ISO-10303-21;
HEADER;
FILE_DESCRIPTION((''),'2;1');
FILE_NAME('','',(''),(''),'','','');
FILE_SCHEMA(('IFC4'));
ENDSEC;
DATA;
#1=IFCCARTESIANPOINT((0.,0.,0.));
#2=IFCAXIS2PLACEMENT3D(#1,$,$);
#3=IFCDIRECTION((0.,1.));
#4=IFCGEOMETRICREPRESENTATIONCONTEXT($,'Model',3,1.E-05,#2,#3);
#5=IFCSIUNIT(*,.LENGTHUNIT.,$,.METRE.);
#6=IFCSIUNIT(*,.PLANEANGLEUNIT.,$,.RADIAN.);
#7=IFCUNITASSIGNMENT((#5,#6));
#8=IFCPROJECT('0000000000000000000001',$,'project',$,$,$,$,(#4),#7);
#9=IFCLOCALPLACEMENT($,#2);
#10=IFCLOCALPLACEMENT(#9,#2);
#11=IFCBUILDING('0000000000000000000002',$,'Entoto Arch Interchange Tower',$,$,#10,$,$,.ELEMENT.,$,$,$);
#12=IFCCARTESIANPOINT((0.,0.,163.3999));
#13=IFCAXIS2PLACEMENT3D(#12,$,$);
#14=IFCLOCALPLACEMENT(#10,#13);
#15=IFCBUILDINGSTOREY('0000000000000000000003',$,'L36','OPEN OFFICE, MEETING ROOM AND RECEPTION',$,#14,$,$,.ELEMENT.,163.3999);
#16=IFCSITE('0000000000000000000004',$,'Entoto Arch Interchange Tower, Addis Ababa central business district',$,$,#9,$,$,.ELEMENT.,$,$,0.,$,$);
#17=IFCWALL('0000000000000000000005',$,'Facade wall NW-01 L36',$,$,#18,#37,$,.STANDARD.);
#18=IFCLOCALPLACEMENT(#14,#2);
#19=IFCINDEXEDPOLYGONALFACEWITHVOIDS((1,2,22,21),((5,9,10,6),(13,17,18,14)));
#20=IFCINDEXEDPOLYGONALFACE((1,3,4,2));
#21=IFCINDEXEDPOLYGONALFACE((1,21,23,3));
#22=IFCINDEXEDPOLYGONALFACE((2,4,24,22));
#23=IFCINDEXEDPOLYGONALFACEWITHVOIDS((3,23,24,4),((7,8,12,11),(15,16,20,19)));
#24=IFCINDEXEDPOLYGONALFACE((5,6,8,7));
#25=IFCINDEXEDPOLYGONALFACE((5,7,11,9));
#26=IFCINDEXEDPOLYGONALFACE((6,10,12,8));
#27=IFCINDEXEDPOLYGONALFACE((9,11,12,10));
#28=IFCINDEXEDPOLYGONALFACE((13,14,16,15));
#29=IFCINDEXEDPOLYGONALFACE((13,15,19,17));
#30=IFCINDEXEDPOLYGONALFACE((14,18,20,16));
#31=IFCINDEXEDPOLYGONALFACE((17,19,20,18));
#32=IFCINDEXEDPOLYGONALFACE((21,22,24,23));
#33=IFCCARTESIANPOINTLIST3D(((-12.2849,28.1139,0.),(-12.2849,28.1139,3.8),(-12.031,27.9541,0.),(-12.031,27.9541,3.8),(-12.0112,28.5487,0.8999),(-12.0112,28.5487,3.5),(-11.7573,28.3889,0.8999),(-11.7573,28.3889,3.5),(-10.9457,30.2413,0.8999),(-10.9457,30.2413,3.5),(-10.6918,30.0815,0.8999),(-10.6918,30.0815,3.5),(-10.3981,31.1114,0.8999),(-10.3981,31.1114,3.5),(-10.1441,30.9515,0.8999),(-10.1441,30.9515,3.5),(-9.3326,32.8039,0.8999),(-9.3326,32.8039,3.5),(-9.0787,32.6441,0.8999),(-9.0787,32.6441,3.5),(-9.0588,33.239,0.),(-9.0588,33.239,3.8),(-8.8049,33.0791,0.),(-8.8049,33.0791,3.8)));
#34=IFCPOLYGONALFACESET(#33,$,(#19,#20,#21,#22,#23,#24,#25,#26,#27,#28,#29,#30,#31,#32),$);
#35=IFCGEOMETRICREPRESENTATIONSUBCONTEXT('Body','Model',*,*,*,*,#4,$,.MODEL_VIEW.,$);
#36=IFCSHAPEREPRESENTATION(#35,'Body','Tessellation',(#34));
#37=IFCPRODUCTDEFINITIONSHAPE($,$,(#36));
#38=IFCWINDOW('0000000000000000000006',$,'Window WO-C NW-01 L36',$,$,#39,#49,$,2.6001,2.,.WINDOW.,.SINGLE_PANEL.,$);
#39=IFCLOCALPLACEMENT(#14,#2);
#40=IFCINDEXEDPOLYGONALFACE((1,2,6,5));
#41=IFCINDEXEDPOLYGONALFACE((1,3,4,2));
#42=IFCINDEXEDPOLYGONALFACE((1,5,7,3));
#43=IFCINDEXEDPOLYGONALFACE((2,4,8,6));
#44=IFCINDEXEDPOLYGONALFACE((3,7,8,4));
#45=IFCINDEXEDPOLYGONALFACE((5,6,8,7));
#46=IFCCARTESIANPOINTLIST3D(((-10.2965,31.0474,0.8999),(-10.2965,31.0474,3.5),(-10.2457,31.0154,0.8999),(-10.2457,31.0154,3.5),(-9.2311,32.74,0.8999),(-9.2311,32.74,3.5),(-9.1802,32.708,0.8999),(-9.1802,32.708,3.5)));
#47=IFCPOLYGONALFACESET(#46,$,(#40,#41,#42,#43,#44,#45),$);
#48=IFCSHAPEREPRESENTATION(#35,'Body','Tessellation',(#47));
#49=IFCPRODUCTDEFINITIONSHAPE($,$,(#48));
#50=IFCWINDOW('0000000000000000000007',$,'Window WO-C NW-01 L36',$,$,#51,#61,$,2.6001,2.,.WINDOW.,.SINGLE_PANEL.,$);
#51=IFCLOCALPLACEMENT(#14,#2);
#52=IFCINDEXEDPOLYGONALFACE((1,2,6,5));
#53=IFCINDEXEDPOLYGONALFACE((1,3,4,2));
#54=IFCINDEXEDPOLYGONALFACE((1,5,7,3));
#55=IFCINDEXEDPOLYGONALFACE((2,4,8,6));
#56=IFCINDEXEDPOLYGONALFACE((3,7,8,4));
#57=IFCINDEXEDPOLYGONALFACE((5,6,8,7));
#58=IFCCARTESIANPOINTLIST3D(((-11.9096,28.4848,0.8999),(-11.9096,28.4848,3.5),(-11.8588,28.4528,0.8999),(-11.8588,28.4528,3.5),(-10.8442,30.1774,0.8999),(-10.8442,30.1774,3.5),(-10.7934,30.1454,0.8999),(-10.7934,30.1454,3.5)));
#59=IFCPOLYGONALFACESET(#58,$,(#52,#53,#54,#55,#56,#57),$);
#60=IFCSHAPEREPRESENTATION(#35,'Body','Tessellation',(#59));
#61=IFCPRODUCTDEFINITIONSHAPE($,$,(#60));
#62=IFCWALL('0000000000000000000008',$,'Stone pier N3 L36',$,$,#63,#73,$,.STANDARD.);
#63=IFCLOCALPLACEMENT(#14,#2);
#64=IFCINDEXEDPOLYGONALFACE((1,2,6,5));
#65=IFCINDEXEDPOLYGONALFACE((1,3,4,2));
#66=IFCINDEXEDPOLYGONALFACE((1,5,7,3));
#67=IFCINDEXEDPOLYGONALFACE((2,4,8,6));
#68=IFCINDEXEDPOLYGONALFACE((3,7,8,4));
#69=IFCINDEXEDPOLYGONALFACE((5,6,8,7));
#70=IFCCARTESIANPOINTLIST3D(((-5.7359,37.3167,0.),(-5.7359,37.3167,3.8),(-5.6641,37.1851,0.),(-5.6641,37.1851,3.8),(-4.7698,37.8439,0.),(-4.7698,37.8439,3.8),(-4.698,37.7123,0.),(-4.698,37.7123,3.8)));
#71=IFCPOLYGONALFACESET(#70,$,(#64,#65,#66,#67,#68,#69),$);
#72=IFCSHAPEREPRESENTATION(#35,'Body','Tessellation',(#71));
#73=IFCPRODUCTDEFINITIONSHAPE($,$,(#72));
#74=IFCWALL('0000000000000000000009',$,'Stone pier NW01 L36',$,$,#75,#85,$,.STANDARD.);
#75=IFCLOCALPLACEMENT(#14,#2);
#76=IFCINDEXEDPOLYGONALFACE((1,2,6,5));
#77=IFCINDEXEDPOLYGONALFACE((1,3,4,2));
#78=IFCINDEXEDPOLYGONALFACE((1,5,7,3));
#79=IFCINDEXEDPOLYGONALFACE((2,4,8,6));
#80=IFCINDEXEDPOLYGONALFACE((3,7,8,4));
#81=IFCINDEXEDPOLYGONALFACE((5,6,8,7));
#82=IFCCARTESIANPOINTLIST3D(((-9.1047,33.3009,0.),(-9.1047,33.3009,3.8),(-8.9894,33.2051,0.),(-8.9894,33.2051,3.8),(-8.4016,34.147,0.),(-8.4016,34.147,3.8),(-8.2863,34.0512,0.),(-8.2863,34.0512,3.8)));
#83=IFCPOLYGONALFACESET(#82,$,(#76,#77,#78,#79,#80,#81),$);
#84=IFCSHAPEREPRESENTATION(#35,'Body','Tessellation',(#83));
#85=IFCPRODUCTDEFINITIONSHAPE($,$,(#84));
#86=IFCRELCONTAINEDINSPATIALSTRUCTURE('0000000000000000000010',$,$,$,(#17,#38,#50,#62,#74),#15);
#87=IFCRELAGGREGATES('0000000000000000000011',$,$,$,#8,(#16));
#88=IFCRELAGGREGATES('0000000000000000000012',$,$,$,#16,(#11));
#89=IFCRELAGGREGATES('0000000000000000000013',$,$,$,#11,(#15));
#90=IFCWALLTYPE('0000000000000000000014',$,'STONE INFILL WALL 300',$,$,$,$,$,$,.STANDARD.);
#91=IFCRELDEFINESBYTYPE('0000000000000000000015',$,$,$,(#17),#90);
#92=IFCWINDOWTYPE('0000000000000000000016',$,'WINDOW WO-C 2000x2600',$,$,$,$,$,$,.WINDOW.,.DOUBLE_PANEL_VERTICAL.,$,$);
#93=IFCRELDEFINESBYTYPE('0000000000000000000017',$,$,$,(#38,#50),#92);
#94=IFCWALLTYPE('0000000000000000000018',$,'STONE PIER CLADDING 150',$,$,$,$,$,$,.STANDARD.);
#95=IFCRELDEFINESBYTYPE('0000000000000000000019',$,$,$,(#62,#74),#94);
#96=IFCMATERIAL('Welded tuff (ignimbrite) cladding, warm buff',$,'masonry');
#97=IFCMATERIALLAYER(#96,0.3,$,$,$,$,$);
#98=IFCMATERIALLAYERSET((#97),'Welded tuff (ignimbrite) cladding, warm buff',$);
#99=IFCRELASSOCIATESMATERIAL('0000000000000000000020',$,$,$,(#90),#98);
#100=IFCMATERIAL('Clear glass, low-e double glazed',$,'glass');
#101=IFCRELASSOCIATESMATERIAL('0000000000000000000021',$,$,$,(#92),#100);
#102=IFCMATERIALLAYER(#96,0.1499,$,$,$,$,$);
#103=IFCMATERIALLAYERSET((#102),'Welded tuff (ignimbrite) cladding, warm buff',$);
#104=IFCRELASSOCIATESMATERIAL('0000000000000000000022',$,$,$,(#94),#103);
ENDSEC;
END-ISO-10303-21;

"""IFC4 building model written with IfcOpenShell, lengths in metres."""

from ifc_helpers import new_model, si_unit, direction, frame, frame_2d, origin, place, context, subcontext, project, spatial, rectangle, extrude, material, layer, layer_set, type_object, element, fill, save


model = new_model("IFC4")

# Units and contexts
model_context = context("Model", 3, precision=1e-05, world=origin(), true_north=direction((0.0, 1.0)))
body_context = subcontext(model_context, "Body", "Model", "MODEL_VIEW")
ifc_project = project(units=[si_unit("LENGTHUNIT", "METRE"), si_unit("PLANEANGLEUNIT", "RADIAN")], contexts=[model_context])

# Site, building, storey
site_placement = place(None, origin())
site = spatial("IfcSite", under=ifc_project, at=site_placement, Name="Entoto Arch Interchange Tower, Addis Ababa central business district", CompositionType="ELEMENT", RefElevation=0.0)
building_placement = place(site_placement, origin())
building = spatial("IfcBuilding", under=site, at=building_placement, Name="Entoto Arch Interchange Tower", CompositionType="ELEMENT")
storey_placement = place(building_placement, frame((0.0, 0.0, 163.3999)))
storey = spatial("IfcBuildingStorey", under=building, at=storey_placement, Name="L36", Description="OPEN OFFICE, MEETING ROOM AND RECEPTION", CompositionType="ELEMENT", Elevation=163.3999)

# Shared definitions
ifc_material_1 = material(Name="Welded tuff (ignimbrite) cladding, warm buff", Category="masonry")
ifc_layer_1 = layer(ifc_material_1, 0.3)
ifc_layer_set_1 = layer_set([ifc_layer_1], Name="Welded tuff (ignimbrite) cladding, warm buff")
wall_type_1 = type_object("IfcWallType", Name="STONE INFILL WALL 300", PredefinedType="STANDARD", material=ifc_layer_set_1)
ifc_material_2 = material(Name="Clear glass, low-e double glazed", Category="glass")

# Wall, openings, windows
wall_1_placement = place(storey_placement, frame((-8.9319, 33.1589, 0.0), z_axis=(0.0, 0.0, 1.0), x_axis=(-0.532721, -0.846291, 0.0)))
wall_1 = element("IfcWall", 1, at=wall_1_placement, inside=storey, type_object=wall_type_1, Name="Facade wall NW-01 L36", PredefinedType="STANDARD", context=body_context, shape_type="SweptSolid", body=[
    extrude(rectangle(XDim=6.0559, YDim=0.3, at=frame_2d((3.0278, 0.0))), origin(), (0.0, 0.0, 1.0), 3.8),
])
opening_1_placement = place(wall_1_placement, frame((0.5139, 0.0, 0.8999)))
opening_1 = element("IfcOpeningElement", 2, at=opening_1_placement, cuts=wall_1, PredefinedType="OPENING", context=body_context, shape_type="SweptSolid", body=[
    extrude(rectangle(XDim=2.0, YDim=2.6001, at=frame_2d((1.0, 1.3))), frame((0.0, 0.1602, 0.0), z_axis=(0.0, -1.0, 0.0), x_axis=(1.0, 0.0, 0.0)), (0.0, 0.0, 1.0), 0.3201),
])
opening_2_placement = place(wall_1_placement, frame((3.542, 0.0, 0.8999)))
opening_2 = element("IfcOpeningElement", 3, at=opening_2_placement, cuts=wall_1, PredefinedType="OPENING", context=body_context, shape_type="SweptSolid", body=[
    extrude(rectangle(XDim=2.0, YDim=2.6001, at=frame_2d((1.0, 1.3))), frame((0.0, 0.1602, 0.0), z_axis=(0.0, -1.0, 0.0), x_axis=(1.0, 0.0, 0.0)), (0.0, 0.0, 1.0), 0.3201),
])
window_type_1 = type_object("IfcWindowType", Name="WINDOW WO-C 2000x2600", PartitioningType="DOUBLE_PANEL_VERTICAL", PredefinedType="WINDOW", material=ifc_material_2)
window_1_placement = place(opening_1_placement, origin())
window_1 = element("IfcWindow", 4, at=window_1_placement, inside=storey, type_object=window_type_1, Name="Window WO-C NW-01 L36", OverallHeight=2.6001, OverallWidth=2.0, PartitioningType="SINGLE_PANEL", PredefinedType="WINDOW", context=body_context, shape_type="SweptSolid", body=[
    extrude(rectangle(XDim=2.0, YDim=2.6001, at=frame_2d((1.0, 1.3))), frame((0.0, 0.03, 0.0), z_axis=(0.0, -1.0, 0.0), x_axis=(1.0, 0.0, 0.0)), (0.0, 0.0, 1.0), 0.0601),
])
fill(opening_1, window_1)
window_2_placement = place(opening_2_placement, origin())
window_2 = element("IfcWindow", 5, at=window_2_placement, inside=storey, type_object=window_type_1, Name="Window WO-C NW-01 L36", OverallHeight=2.6001, OverallWidth=2.0, PartitioningType="SINGLE_PANEL", PredefinedType="WINDOW", context=body_context, shape_type="SweptSolid", body=[
    extrude(rectangle(XDim=2.0, YDim=2.6001, at=frame_2d((1.0, 1.3))), frame((0.0, 0.03, 0.0), z_axis=(0.0, -1.0, 0.0), x_axis=(1.0, 0.0, 0.0)), (0.0, 0.0, 1.0), 0.0601),
])
fill(opening_2, window_2)

# Walls
ifc_layer_2 = layer(ifc_material_1, 0.1499)
ifc_layer_set_2 = layer_set([ifc_layer_2], Name="Welded tuff (ignimbrite) cladding, warm buff")
wall_type_2 = type_object("IfcWallType", Name="STONE PIER CLADDING 150", PredefinedType="STANDARD", material=ifc_layer_set_2)
wall_2_placement = place(storey_placement, frame((-4.7339, 37.7781, 0.0), z_axis=(0.0, 0.0, 1.0), x_axis=(-0.877836, -0.478961, 0.0)))
element("IfcWall", 6, at=wall_2_placement, inside=storey, type_object=wall_type_2, Name="Stone pier N3 L36", PredefinedType="STANDARD", context=body_context, shape_type="SweptSolid", body=[
    extrude(rectangle(XDim=1.1006, YDim=0.1499, at=frame_2d((0.5503, 0.0))), origin(), (0.0, 0.0, 1.0), 3.8),
])
wall_3_placement = place(storey_placement, frame((-8.344, 34.0991, 0.0), z_axis=(0.0, 0.0, 1.0), x_axis=(-0.639092, -0.76913, 0.0)))
element("IfcWall", 7, at=wall_3_placement, inside=storey, type_object=wall_type_2, Name="Stone pier NW01 L36", PredefinedType="STANDARD", context=body_context, shape_type="SweptSolid", body=[
    extrude(rectangle(XDim=1.1001, YDim=0.1499, at=frame_2d((0.55, 0.0))), origin(), (0.0, 0.0, 1.0), 3.8),
])

save(model, "model.ifc")
